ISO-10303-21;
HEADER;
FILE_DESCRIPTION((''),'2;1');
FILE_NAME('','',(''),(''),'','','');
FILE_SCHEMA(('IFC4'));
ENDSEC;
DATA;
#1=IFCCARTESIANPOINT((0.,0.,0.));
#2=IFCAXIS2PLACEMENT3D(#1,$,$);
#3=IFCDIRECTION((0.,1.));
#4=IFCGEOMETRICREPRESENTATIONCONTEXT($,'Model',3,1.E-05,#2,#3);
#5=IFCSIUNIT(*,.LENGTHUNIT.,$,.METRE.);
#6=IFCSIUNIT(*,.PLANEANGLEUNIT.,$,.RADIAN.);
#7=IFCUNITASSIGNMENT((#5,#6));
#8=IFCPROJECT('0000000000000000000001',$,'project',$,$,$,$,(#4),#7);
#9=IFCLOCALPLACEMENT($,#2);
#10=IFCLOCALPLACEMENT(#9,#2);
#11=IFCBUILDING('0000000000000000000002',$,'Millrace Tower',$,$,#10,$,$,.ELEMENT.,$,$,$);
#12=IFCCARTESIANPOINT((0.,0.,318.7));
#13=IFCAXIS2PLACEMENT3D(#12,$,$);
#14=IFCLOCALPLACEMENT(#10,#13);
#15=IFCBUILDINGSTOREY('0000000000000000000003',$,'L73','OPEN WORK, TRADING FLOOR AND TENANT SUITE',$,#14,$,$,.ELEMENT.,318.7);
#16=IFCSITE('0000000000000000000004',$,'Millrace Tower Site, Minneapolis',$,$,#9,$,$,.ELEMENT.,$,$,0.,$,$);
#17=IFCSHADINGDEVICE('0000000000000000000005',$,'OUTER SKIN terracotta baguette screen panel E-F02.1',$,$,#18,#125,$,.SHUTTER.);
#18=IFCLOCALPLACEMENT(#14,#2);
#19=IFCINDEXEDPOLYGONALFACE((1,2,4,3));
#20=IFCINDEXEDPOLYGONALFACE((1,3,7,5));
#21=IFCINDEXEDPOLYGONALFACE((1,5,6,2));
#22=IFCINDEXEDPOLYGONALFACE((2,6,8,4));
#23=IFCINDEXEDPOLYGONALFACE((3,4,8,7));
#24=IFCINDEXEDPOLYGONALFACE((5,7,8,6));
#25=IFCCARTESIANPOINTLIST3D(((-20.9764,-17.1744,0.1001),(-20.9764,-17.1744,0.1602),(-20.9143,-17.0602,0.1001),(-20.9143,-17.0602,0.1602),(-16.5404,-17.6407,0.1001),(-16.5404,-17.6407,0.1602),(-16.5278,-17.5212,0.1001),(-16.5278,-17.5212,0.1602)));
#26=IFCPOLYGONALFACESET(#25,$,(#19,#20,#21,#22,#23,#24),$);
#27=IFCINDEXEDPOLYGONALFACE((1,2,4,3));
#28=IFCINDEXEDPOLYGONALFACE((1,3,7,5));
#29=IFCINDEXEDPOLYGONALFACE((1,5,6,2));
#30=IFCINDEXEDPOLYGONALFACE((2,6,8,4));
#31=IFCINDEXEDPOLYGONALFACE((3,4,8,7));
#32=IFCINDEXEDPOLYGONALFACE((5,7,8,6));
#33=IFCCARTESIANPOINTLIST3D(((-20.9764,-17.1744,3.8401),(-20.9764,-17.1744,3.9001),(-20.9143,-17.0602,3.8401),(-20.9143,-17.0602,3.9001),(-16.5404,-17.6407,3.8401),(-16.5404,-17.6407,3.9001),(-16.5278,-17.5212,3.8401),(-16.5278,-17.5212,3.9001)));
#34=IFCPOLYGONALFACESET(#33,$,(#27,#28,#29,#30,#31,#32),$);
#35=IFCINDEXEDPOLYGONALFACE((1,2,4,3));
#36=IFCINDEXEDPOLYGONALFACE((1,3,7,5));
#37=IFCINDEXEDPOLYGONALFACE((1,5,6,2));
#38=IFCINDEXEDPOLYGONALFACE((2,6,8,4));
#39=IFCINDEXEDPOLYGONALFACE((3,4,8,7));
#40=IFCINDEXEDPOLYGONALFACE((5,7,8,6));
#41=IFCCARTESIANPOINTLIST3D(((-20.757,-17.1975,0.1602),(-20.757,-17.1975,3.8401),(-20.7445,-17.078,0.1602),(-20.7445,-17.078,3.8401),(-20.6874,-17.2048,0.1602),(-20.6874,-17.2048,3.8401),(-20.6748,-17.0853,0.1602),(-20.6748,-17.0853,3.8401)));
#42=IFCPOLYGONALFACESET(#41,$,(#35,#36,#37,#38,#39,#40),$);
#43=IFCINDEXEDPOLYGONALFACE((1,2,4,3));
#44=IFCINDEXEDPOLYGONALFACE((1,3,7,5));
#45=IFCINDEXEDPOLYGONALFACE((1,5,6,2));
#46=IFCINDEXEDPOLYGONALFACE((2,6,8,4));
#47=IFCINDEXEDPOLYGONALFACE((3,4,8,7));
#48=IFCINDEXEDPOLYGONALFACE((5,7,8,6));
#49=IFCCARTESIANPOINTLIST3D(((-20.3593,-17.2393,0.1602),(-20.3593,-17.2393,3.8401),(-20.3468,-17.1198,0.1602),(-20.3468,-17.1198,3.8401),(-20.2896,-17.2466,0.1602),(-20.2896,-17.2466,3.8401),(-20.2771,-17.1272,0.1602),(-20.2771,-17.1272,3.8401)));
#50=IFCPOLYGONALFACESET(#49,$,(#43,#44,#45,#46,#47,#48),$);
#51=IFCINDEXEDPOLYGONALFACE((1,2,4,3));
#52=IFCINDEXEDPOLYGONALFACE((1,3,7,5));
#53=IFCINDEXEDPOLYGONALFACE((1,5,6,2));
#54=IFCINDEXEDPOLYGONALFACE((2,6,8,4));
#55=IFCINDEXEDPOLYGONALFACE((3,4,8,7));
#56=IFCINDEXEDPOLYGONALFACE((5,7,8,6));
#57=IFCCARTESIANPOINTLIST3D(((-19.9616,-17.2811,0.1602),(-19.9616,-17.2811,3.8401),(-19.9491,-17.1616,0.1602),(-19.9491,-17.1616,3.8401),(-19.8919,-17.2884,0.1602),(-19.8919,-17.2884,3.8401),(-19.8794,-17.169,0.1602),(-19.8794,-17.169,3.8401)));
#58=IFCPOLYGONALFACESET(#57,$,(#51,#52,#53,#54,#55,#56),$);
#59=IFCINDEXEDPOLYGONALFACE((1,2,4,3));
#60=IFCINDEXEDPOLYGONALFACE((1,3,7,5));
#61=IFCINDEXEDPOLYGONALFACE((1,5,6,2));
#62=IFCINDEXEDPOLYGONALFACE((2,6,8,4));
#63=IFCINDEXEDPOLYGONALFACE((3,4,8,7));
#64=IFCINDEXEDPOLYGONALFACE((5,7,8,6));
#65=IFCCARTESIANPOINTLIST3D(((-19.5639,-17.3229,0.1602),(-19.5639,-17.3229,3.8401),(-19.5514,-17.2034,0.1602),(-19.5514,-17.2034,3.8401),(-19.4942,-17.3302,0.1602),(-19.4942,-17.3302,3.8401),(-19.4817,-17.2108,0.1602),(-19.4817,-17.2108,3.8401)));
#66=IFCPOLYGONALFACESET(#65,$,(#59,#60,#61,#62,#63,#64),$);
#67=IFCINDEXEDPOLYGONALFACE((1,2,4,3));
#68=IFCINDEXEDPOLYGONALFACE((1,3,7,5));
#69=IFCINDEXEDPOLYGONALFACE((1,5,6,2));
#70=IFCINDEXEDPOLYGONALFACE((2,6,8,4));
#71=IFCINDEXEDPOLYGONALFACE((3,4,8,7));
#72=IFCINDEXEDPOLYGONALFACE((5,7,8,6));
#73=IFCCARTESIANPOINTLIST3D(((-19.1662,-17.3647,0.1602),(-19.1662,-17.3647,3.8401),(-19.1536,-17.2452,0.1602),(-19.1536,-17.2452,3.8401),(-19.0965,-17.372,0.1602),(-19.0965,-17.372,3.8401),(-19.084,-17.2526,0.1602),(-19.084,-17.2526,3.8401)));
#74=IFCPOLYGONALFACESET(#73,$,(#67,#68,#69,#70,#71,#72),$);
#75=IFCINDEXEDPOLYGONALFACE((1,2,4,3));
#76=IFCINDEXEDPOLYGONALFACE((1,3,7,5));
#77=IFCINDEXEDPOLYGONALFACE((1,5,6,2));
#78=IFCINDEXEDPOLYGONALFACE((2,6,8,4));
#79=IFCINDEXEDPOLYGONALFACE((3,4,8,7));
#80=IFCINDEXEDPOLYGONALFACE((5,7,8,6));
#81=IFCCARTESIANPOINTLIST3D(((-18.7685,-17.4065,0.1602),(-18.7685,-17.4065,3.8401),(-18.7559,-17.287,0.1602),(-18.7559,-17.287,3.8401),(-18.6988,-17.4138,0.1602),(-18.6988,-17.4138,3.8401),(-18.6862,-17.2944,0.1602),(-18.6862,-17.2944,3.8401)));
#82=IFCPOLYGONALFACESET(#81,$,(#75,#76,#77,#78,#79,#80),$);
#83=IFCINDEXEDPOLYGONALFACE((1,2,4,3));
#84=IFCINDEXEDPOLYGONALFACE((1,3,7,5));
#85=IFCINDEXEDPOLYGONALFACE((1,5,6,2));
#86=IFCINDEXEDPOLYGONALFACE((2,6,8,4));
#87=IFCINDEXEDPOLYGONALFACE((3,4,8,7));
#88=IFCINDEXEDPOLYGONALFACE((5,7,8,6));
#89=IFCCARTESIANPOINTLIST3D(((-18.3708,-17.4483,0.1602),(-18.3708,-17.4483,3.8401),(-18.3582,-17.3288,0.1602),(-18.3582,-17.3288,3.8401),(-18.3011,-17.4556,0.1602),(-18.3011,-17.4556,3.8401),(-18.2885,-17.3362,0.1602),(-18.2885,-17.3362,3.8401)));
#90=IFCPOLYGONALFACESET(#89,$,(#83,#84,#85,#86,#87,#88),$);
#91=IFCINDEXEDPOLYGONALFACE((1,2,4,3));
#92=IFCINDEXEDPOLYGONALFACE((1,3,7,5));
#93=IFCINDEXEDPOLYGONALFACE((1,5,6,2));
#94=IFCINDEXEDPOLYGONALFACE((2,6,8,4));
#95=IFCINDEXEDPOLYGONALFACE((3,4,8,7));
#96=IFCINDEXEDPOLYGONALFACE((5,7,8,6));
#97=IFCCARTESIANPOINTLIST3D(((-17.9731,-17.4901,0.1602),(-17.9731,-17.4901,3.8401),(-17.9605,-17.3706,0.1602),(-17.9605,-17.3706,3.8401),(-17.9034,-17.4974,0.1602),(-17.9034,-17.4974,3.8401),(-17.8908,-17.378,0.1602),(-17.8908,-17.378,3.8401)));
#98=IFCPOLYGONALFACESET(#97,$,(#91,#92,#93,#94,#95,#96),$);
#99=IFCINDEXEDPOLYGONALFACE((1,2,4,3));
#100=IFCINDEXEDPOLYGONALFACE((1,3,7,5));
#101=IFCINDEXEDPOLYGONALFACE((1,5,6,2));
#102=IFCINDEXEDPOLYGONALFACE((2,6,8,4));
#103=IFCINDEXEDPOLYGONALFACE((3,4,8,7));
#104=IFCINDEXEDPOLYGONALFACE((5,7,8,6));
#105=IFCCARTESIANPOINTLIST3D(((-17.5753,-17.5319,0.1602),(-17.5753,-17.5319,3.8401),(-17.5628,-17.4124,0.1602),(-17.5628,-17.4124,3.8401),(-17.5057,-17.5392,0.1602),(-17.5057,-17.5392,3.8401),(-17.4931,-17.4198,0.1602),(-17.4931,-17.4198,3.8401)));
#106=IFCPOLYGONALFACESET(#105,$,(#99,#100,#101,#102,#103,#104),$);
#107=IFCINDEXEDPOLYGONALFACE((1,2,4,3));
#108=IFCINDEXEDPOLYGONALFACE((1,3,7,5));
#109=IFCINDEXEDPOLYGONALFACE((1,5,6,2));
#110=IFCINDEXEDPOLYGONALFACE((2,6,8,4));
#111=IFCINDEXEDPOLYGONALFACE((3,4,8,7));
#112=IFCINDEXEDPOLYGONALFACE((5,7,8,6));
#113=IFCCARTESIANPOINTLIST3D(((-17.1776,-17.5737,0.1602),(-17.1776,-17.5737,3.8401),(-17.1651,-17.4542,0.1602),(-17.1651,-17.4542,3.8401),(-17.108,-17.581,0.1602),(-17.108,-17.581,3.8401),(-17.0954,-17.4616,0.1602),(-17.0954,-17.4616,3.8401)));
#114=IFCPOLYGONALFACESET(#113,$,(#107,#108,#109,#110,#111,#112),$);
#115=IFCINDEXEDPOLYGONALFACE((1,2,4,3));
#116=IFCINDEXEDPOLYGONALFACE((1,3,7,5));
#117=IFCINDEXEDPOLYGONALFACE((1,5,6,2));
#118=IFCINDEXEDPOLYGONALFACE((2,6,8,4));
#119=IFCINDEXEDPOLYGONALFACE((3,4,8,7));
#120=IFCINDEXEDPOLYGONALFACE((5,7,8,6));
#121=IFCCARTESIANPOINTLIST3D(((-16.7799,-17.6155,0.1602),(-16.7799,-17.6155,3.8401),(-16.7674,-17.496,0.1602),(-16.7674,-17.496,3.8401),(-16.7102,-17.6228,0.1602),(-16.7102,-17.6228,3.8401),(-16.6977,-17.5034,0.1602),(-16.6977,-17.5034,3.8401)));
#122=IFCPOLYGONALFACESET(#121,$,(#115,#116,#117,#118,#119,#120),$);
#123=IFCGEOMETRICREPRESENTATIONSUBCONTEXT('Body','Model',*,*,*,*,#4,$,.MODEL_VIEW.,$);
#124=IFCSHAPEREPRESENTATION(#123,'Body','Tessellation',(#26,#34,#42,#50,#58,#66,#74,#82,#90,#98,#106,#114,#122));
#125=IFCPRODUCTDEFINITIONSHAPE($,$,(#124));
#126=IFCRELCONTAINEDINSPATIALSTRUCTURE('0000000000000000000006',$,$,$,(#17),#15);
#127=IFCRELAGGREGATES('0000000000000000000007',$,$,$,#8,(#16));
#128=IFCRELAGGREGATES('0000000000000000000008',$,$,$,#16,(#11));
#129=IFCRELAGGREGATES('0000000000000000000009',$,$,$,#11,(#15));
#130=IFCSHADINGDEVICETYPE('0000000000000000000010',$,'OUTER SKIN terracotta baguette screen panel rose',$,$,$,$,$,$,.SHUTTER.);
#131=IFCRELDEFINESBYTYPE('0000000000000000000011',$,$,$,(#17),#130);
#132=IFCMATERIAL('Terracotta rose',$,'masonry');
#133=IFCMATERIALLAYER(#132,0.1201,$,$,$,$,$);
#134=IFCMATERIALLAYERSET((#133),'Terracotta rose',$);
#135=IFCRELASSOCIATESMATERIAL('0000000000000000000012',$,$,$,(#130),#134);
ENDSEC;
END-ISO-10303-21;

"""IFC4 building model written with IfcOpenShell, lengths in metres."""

from ifc_helpers import new_model, entity, si_unit, direction, frame, frame_2d, origin, place, context, subcontext, project, spatial, rectangle, extrude, source, transform, mapped, material, layer, layer_set, type_object, element, save


model = new_model("IFC4")

# Units and contexts
model_context = context("Model", 3, precision=1e-05, world=origin(), true_north=direction((0.0, 1.0)))
body_context = subcontext(model_context, "Body", "Model", "MODEL_VIEW")
ifc_project = project(units=[si_unit("LENGTHUNIT", "METRE"), si_unit("PLANEANGLEUNIT", "RADIAN")], contexts=[model_context])

# Site, building, storey
site_placement = place(None, origin())
site = spatial("IfcSite", under=ifc_project, at=site_placement, Name="Millrace Tower Site, Minneapolis", CompositionType="ELEMENT", RefElevation=0.0)
building_placement = place(site_placement, origin())
building = spatial("IfcBuilding", under=site, at=building_placement, Name="Millrace Tower", CompositionType="ELEMENT")
storey_placement = place(building_placement, frame((0.0, 0.0, 318.7)))
storey = spatial("IfcBuildingStorey", under=building, at=storey_placement, Name="L73", Description="OPEN WORK, TRADING FLOOR AND TENANT SUITE", CompositionType="ELEMENT", Elevation=318.7)

# Shading device
ifc_material_1 = material(Name="Terracotta rose", Category="masonry")
ifc_layer_1 = layer(ifc_material_1, 0.1201)
ifc_layer_set_1 = layer_set([ifc_layer_1], Name="Terracotta rose")
shading_device_type = type_object("IfcShadingDeviceType", Name="OUTER SKIN terracotta baguette screen panel rose", PredefinedType="SHUTTER", material=ifc_layer_set_1)
cartesian_point_1 = entity("IfcCartesianPoint", [-2.1929, 0.0601])
shared_polyline_1 = entity("IfcPolyline", [cartesian_point_1, entity("IfcCartesianPoint", [2.2178, 0.0601]), entity("IfcCartesianPoint", [2.2178, -0.0601]), entity("IfcCartesianPoint", [-2.2427, -0.0601]), cartesian_point_1])
shared_shape_1 = source(origin(), body_context, "Body", "SweptSolid", [
    entity("IfcExtrudedAreaSolid", entity("IfcArbitraryClosedProfileDef", "AREA", None, shared_polyline_1), entity("IfcAxis2Placement3D", entity("IfcCartesianPoint", [0.0, 0.0, 0.0])), entity("IfcDirection", [0.0, 0.0, 1.0]), 0.0601),
    entity("IfcExtrudedAreaSolid", entity("IfcArbitraryClosedProfileDef", "AREA", None, shared_polyline_1), entity("IfcAxis2Placement3D", entity("IfcCartesianPoint", [0.0, 0.0, 3.74])), entity("IfcDirection", [0.0, 0.0, 1.0]), 0.0601),
    extrude(rectangle(XDim=0.0701, YDim=0.1201, at=frame_2d((-1.9871, 0.0))), frame((0.0, 0.0, 0.0601)), (0.0, 0.0, 1.0), 3.6799),
    extrude(rectangle(XDim=0.0701, YDim=0.1201, at=frame_2d((-1.5872, 0.0))), frame((0.0, 0.0, 0.0601)), (0.0, 0.0, 1.0), 3.6799),
    extrude(rectangle(XDim=0.0701, YDim=0.1201, at=frame_2d((-1.1873, 0.0))), frame((0.0, 0.0, 0.0601)), (0.0, 0.0, 1.0), 3.6799),
    extrude(rectangle(XDim=0.0701, YDim=0.1201, at=frame_2d((-0.7874, 0.0))), frame((0.0, 0.0, 0.0601)), (0.0, 0.0, 1.0), 3.6799),
    extrude(rectangle(XDim=0.0701, YDim=0.1201, at=frame_2d((-0.3875, 0.0))), frame((0.0, 0.0, 0.0601)), (0.0, 0.0, 1.0), 3.6799),
    extrude(rectangle(XDim=0.0701, YDim=0.1201, at=frame_2d((0.0125, 0.0))), frame((0.0, 0.0, 0.0601)), (0.0, 0.0, 1.0), 3.6799),
    extrude(rectangle(XDim=0.0701, YDim=0.1201, at=frame_2d((0.4124, 0.0))), frame((0.0, 0.0, 0.0601)), (0.0, 0.0, 1.0), 3.6799),
    extrude(rectangle(XDim=0.0701, YDim=0.1201, at=frame_2d((0.8123, 0.0))), frame((0.0, 0.0, 0.0601)), (0.0, 0.0, 1.0), 3.6799),
    extrude(rectangle(XDim=0.0701, YDim=0.1201, at=frame_2d((1.2122, 0.0))), frame((0.0, 0.0, 0.0601)), (0.0, 0.0, 1.0), 3.6799),
    extrude(rectangle(XDim=0.0701, YDim=0.1201, at=frame_2d((1.6121, 0.0))), frame((0.0, 0.0, 0.0601)), (0.0, 0.0, 1.0), 3.6799),
    extrude(rectangle(XDim=0.0701, YDim=0.1201, at=frame_2d((2.012, 0.0))), frame((0.0, 0.0, 0.0601)), (0.0, 0.0, 1.0), 3.6799),
])
shading_device_1_placement = place(storey_placement, frame((-18.7397, -17.3491, 0.1001), z_axis=(0.0, 0.0, 1.0), x_axis=(0.994522, -0.104528, 0.0)))
element("IfcShadingDevice", 1, at=shading_device_1_placement, inside=storey, type_object=shading_device_type, Name="OUTER SKIN terracotta baguette screen panel E-F02.1", PredefinedType="SHUTTER", context=body_context, shape_type="MappedRepresentation", body=[
    mapped(shared_shape_1, transform((0.0, 0.0, 0.0), scale=1.0)),
])

save(model, "model.ifc")
